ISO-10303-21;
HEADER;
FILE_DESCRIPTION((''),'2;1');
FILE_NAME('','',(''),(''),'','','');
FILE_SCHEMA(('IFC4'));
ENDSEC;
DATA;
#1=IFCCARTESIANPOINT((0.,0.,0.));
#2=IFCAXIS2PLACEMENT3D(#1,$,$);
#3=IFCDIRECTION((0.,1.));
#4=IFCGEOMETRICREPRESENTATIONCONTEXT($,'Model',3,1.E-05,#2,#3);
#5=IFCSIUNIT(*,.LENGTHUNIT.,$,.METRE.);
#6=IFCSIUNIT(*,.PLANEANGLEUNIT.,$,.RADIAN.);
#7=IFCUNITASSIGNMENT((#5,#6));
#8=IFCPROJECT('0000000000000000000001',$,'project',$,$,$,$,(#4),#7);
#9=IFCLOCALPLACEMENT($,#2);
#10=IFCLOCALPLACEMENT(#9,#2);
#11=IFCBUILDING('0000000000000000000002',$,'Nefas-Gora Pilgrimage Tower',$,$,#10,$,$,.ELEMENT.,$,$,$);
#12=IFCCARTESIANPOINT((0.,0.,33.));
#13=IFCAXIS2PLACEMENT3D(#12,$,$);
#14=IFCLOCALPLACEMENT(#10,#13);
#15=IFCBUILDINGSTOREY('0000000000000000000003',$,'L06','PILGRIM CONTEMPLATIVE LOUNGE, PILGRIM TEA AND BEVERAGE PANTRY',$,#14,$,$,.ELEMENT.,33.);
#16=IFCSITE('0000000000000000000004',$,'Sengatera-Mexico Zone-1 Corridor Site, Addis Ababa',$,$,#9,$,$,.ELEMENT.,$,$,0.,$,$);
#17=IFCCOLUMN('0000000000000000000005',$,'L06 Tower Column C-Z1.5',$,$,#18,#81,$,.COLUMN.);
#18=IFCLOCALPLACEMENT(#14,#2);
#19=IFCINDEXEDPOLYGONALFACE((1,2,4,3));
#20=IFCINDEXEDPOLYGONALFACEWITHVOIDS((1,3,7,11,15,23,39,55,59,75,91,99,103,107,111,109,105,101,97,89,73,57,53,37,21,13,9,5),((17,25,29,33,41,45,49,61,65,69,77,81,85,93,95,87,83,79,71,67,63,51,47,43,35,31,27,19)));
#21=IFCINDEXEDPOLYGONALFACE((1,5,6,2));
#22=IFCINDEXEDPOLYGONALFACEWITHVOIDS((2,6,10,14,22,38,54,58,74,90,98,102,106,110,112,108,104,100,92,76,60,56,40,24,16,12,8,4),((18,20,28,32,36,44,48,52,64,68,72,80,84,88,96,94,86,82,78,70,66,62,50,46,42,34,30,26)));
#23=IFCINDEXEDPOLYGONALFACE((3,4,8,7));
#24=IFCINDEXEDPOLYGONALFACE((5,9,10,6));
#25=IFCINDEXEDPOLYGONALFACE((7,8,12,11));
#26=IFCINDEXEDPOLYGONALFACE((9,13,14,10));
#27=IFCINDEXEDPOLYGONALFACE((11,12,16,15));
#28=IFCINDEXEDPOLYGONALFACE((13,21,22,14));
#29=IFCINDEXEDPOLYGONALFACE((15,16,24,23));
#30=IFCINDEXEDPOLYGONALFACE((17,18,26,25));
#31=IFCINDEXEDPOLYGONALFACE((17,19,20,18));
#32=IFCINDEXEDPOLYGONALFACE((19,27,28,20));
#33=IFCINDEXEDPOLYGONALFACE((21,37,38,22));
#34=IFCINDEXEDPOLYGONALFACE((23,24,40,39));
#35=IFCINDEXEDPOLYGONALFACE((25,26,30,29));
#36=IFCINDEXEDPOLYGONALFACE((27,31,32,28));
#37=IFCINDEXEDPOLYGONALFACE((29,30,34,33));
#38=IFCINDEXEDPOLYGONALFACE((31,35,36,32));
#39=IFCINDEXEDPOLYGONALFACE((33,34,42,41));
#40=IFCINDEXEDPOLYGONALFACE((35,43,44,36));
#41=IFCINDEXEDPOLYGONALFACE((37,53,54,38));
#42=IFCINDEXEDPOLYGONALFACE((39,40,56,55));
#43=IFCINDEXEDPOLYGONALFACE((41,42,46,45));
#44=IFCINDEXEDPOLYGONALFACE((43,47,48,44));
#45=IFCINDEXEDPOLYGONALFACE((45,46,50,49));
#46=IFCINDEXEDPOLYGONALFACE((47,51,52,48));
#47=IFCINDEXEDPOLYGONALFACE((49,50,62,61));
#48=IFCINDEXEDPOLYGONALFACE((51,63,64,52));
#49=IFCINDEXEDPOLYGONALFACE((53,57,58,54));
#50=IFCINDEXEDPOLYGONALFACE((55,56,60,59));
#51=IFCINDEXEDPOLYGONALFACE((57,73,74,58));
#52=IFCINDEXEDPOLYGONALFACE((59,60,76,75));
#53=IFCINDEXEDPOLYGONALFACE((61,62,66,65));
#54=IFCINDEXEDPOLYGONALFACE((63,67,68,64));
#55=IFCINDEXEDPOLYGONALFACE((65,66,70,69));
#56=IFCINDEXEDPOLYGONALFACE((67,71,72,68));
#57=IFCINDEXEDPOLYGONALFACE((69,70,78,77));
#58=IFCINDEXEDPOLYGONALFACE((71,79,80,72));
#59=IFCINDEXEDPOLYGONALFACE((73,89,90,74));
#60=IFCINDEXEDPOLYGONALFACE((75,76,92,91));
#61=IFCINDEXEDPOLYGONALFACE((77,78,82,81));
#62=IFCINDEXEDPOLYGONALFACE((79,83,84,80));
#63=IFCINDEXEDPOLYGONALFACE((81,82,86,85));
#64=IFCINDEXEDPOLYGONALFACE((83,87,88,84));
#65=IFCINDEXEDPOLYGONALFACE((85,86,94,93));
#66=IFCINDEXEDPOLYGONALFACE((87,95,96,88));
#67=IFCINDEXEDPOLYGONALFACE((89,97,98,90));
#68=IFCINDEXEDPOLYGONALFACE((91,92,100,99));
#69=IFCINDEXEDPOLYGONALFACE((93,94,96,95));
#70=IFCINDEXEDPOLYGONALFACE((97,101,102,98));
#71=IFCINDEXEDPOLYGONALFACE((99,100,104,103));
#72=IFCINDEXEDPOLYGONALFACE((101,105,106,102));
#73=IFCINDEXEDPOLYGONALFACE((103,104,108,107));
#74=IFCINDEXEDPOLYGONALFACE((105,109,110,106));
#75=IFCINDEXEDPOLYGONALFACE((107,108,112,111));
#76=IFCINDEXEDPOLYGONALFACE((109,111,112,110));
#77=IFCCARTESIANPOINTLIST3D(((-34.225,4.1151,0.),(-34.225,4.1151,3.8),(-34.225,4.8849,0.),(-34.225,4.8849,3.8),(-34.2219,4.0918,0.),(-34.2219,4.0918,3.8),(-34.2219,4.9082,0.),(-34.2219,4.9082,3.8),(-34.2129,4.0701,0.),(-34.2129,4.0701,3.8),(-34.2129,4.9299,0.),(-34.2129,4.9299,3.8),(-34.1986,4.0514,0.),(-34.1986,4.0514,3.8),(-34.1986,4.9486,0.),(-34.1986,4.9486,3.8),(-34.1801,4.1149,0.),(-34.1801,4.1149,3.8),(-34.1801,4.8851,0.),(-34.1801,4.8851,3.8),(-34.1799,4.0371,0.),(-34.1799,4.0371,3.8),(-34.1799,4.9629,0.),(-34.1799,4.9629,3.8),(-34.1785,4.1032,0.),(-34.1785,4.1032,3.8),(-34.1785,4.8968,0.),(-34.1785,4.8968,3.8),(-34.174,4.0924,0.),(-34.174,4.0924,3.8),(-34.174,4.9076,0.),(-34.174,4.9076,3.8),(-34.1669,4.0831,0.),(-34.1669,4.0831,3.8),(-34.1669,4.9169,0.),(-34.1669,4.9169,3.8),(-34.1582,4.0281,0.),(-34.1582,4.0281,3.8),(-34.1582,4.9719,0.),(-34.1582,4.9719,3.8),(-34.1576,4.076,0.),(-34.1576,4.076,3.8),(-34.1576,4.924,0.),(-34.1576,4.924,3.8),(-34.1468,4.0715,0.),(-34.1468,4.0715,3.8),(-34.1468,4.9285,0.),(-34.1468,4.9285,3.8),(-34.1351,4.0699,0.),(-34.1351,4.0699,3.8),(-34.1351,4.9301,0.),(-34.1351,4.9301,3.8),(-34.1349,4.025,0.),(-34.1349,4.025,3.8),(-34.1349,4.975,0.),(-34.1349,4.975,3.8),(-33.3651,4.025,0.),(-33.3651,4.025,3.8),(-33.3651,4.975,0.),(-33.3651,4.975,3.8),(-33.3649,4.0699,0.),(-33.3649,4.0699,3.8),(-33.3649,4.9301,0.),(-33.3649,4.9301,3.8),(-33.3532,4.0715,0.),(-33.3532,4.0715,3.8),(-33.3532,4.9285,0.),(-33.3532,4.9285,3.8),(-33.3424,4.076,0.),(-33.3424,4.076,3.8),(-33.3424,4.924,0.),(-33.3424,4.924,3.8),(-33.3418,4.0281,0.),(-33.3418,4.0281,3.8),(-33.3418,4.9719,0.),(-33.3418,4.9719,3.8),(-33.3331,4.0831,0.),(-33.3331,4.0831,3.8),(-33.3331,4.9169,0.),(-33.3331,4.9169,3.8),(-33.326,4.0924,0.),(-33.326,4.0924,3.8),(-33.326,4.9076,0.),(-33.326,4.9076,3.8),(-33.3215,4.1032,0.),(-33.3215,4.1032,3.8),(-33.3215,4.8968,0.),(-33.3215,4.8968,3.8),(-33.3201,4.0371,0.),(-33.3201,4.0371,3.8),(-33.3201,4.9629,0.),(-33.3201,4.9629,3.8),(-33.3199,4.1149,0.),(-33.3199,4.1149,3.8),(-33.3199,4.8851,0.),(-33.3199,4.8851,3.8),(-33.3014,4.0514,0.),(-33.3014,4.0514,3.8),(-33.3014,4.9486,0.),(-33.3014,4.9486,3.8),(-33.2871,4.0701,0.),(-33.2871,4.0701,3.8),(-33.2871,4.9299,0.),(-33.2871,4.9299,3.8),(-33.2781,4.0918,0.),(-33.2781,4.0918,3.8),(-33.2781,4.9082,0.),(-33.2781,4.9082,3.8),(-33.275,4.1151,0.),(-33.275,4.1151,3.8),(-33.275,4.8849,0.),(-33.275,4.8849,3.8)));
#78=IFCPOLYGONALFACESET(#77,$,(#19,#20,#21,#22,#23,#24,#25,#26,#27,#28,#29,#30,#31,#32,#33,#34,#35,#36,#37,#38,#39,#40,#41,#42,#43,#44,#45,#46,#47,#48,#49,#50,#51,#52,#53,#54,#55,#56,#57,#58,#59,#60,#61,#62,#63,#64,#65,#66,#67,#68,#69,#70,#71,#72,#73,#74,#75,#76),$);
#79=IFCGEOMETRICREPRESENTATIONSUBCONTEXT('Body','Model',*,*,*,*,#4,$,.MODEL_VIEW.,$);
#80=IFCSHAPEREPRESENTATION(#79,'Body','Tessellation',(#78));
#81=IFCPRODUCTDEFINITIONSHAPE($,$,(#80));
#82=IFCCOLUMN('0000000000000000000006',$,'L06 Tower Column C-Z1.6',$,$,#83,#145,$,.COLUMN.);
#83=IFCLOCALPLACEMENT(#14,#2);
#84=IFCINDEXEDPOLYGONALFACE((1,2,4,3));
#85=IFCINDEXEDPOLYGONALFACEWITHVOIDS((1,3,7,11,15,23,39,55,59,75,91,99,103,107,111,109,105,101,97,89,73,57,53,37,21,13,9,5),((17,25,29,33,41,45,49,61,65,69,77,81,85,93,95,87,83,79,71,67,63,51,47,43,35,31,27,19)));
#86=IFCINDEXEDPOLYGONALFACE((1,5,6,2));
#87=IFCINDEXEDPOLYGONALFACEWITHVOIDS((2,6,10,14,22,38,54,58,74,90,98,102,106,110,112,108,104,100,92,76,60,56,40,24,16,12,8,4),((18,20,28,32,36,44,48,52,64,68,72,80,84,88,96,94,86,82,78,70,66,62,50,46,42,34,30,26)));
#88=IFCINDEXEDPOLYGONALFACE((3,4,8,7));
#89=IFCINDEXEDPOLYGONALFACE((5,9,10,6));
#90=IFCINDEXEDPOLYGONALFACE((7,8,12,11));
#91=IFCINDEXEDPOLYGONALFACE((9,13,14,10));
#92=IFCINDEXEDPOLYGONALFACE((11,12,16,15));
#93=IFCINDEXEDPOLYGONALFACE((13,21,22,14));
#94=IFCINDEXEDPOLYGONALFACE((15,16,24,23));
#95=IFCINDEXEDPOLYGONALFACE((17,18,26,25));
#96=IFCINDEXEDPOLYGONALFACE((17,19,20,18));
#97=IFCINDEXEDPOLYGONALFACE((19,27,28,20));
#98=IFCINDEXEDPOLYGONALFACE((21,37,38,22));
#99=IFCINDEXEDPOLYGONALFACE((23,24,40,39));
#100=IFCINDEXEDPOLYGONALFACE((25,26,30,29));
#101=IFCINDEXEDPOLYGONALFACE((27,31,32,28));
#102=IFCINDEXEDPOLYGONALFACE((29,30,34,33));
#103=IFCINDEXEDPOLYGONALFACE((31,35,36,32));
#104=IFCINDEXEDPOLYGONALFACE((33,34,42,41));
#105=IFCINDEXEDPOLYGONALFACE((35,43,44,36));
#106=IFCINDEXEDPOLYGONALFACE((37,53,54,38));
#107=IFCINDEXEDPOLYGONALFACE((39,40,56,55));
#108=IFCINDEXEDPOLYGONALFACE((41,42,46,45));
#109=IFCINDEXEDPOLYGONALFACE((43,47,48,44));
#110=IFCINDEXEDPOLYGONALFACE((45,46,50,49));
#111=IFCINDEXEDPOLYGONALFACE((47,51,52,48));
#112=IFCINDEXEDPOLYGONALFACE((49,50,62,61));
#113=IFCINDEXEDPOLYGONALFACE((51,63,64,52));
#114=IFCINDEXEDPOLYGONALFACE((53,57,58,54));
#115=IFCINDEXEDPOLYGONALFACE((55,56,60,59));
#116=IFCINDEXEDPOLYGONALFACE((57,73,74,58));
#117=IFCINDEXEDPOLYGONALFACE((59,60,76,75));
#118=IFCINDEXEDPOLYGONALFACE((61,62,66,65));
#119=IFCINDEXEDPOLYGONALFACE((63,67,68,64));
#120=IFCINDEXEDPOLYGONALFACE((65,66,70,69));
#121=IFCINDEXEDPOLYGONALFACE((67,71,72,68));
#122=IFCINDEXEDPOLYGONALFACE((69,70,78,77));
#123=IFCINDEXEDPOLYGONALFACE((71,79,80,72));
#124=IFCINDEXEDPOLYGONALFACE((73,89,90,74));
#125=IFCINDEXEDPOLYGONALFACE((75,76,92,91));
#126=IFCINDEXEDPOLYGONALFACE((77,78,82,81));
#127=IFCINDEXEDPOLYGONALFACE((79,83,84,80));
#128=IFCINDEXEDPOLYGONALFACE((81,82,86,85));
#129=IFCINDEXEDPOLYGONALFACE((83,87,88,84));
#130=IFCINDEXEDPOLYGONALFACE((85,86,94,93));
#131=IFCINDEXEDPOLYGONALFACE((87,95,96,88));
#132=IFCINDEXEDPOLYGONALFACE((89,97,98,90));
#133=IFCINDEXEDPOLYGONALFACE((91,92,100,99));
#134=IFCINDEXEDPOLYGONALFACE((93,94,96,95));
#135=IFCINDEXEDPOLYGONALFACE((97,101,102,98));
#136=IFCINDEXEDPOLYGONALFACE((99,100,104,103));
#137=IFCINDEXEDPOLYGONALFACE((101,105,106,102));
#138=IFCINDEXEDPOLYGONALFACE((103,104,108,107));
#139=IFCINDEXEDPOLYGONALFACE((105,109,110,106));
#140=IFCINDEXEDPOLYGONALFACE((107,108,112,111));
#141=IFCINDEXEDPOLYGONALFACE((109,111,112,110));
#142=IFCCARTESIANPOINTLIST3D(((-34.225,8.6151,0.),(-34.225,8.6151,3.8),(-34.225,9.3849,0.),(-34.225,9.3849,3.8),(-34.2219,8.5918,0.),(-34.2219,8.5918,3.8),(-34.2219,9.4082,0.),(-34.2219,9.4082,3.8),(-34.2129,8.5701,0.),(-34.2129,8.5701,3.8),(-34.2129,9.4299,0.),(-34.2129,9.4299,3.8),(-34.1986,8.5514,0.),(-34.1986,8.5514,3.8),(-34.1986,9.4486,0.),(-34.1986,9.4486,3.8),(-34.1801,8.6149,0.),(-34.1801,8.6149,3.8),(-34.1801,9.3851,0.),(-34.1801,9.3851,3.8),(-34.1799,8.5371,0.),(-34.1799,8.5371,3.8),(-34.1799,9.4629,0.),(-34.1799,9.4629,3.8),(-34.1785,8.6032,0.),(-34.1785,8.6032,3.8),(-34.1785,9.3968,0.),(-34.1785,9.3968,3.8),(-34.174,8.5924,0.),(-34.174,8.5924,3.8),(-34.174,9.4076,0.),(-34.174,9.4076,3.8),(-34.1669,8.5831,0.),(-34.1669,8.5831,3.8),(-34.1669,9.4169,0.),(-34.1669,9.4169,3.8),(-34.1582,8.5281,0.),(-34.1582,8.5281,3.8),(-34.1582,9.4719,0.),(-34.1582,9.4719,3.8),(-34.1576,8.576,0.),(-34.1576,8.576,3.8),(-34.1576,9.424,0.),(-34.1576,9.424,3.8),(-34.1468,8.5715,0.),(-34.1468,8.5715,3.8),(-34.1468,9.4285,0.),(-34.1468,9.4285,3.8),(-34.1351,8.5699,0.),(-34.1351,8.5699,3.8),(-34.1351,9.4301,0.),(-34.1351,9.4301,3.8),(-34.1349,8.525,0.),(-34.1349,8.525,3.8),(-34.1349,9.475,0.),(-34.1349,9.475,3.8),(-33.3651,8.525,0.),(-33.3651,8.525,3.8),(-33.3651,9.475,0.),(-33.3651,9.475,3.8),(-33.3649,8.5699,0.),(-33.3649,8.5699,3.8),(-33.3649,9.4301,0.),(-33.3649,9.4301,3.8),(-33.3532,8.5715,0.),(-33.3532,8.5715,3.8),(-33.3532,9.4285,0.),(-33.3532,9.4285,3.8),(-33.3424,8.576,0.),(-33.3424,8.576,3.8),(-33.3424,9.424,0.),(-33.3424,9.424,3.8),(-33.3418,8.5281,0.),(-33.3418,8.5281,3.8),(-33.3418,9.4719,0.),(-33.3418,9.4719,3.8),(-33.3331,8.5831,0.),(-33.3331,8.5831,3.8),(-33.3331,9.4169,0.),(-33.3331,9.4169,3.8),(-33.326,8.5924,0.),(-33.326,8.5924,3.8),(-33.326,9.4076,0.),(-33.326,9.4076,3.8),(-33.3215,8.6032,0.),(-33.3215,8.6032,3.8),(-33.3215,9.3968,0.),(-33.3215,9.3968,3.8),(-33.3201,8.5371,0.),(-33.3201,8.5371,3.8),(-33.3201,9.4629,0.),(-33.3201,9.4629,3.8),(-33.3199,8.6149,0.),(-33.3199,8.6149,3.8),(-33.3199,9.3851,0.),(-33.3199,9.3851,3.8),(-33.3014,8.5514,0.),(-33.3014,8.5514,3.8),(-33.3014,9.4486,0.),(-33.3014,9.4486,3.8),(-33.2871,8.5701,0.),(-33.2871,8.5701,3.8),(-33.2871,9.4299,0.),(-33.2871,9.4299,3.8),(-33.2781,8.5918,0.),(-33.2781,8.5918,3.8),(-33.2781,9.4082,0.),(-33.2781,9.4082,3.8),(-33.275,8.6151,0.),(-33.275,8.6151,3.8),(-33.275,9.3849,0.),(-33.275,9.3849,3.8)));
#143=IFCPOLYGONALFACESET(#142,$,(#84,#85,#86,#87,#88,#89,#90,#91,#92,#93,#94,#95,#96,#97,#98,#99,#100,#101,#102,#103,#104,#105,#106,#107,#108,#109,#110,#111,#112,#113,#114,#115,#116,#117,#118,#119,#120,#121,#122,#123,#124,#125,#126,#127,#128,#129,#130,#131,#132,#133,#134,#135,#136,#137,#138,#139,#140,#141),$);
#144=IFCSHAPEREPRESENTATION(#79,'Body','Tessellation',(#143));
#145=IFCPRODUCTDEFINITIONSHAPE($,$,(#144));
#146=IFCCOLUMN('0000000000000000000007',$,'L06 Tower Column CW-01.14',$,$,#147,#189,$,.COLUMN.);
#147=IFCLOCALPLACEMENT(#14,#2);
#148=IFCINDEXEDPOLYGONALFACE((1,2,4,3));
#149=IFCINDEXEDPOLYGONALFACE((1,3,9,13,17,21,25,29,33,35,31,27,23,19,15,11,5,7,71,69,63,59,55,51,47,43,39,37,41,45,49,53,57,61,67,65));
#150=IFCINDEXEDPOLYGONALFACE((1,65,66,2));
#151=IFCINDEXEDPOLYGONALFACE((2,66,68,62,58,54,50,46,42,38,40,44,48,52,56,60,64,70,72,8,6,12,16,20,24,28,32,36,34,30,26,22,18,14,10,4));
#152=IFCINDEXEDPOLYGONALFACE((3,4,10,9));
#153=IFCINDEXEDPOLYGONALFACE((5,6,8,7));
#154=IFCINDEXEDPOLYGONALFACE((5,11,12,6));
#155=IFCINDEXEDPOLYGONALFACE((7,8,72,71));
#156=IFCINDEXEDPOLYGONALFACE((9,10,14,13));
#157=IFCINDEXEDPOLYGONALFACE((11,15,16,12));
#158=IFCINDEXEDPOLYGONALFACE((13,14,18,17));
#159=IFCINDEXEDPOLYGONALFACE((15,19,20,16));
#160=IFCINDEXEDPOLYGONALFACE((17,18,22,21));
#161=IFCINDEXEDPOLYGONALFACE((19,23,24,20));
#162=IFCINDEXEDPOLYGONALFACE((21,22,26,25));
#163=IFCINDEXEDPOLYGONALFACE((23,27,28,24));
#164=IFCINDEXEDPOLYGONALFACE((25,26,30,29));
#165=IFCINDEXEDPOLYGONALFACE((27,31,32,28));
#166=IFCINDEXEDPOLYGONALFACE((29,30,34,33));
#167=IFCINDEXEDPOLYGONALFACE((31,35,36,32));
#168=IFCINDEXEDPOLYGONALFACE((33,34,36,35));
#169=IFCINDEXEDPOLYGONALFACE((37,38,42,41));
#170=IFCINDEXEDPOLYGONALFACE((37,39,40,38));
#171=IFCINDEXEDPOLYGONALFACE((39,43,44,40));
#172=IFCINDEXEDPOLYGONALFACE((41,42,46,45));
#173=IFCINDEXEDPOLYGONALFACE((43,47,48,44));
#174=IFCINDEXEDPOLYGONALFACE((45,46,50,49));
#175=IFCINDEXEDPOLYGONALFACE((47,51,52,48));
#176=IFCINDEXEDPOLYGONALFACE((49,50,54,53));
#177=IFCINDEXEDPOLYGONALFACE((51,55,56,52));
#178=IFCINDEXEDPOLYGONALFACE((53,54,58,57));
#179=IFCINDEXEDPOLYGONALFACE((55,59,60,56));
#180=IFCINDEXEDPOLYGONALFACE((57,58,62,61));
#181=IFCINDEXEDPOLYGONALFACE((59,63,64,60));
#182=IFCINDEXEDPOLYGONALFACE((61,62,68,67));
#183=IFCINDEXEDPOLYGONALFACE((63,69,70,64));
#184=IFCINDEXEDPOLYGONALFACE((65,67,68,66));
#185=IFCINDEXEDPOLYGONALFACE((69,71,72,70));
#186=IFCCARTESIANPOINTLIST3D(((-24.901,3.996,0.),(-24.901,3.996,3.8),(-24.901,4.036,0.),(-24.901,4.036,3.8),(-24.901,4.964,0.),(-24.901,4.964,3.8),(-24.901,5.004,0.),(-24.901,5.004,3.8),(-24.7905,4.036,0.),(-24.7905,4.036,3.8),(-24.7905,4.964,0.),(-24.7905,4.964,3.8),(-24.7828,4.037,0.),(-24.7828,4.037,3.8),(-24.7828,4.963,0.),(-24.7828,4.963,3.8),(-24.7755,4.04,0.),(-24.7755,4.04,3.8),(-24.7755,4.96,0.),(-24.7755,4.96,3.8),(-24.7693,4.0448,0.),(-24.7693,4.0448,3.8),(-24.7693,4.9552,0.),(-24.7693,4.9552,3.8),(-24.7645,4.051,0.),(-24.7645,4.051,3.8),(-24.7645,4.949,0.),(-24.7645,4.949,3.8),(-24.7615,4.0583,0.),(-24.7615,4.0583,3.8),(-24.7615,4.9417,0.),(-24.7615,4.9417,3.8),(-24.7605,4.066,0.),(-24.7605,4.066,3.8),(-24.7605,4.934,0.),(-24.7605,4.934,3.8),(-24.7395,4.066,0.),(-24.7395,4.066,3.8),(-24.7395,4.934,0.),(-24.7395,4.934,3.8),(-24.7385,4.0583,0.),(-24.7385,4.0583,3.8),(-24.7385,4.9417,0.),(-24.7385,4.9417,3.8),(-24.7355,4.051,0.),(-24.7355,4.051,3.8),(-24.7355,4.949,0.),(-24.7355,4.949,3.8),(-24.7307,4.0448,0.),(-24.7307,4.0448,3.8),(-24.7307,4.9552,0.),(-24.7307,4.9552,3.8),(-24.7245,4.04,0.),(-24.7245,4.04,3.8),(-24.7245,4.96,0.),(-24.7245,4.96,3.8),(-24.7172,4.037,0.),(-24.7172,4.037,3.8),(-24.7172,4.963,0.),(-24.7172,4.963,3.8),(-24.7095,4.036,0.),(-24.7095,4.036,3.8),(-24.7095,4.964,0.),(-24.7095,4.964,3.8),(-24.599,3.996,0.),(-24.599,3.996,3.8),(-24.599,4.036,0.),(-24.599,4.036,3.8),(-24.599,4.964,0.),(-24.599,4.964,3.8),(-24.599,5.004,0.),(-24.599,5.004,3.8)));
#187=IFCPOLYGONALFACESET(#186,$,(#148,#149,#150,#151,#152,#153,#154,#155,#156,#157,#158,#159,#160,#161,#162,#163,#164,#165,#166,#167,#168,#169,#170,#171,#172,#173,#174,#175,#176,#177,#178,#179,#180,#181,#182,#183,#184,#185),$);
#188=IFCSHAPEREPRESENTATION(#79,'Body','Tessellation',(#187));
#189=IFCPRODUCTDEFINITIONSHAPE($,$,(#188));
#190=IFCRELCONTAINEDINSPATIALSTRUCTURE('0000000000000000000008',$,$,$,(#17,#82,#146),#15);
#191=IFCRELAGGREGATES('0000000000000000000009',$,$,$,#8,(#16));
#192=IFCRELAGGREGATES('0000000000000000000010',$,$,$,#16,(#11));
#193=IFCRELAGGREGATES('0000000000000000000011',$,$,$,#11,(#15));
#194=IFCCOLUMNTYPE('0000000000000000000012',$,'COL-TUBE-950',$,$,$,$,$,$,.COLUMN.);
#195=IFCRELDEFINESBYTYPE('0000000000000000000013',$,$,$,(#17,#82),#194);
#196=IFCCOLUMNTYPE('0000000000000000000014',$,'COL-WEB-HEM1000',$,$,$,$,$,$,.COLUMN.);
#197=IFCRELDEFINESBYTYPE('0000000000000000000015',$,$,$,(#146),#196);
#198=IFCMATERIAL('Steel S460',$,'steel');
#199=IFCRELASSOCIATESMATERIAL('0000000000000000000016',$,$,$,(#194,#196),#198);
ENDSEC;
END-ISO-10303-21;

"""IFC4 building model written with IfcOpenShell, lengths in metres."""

from ifc_helpers import new_model, si_unit, direction, frame, origin, origin_2d, place, context, subcontext, project, spatial, hollow_rectangle, i_section, extrude, source, transform, mapped, material, material_profile, profile_set, type_object, element, save


model = new_model("IFC4")

# Units and contexts
model_context = context("Model", 3, precision=1e-05, world=origin(), true_north=direction((0.0, 1.0)))
body_context = subcontext(model_context, "Body", "Model", "MODEL_VIEW")
ifc_project = project(units=[si_unit("LENGTHUNIT", "METRE"), si_unit("PLANEANGLEUNIT", "RADIAN")], contexts=[model_context])

# Site, building, storey
site_placement = place(None, origin())
site = spatial("IfcSite", under=ifc_project, at=site_placement, Name="Sengatera-Mexico Zone-1 Corridor Site, Addis Ababa", CompositionType="ELEMENT", RefElevation=0.0)
building_placement = place(site_placement, origin())
building = spatial("IfcBuilding", under=site, at=building_placement, Name="Nefas-Gora Pilgrimage Tower", CompositionType="ELEMENT")
storey_placement = place(building_placement, frame((0.0, 0.0, 33.0)))
storey = spatial("IfcBuildingStorey", under=building, at=storey_placement, Name="L06", Description="PILGRIM CONTEMPLATIVE LOUNGE, PILGRIM TEA AND BEVERAGE PANTRY", CompositionType="ELEMENT", Elevation=33.0)

# Columns
ifc_material_1 = material(Name="Steel S460", Category="steel")
ifc_material_profile_1 = material_profile(ifc_material_1, hollow_rectangle(XDim=0.95, YDim=0.95, WallThickness=0.0449, InnerFilletRadius=0.0449, OuterFilletRadius=0.0901, at=origin_2d()), Name="BOX 950x950x45")
ifc_profile_set_1 = profile_set([ifc_material_profile_1], Name="Steel S460")
column_type_1 = type_object("IfcColumnType", Name="COL-TUBE-950", PredefinedType="COLUMN", material=ifc_profile_set_1)
shared_shape_1 = source(origin(), body_context, "Body", "SweptSolid", [
    extrude(hollow_rectangle(XDim=0.95, YDim=0.95, WallThickness=0.0449, InnerFilletRadius=0.0449, OuterFilletRadius=0.0901, at=origin_2d()), origin(), (0.0, 0.0, 1.0), 3.8),
])
for number, where, z_axis, x_axis, name in (
    (1, (-33.75, 4.5, 0.0), (0.0, 0.0, 1.0), (1.0, 0.0, 0.0), "L06 Tower Column C-Z1.5"),
    (2, (-33.75, 9.0, 0.0), (0.0, 0.0, 1.0), (1.0, 0.0, 0.0), "L06 Tower Column C-Z1.6"),
):
    element("IfcColumn", number, at=place(storey_placement, frame(where, z_axis=z_axis, x_axis=x_axis)), inside=storey, type_object=column_type_1, Name=name, PredefinedType="COLUMN", context=body_context, shape_type="MappedRepresentation", body=[
        mapped(shared_shape_1, transform((0.0, 0.0, 0.0), x_axis=(1.0, 0.0, 0.0), y_axis=(0.0, 1.0, 0.0), z_axis=(0.0, 0.0, 1.0), scale=1.0)),
    ])
ifc_material_profile_2 = material_profile(ifc_material_1, i_section(OverallWidth=0.302, OverallDepth=1.0081, WebThickness=0.021, FlangeThickness=0.04, FilletRadius=0.03, at=origin_2d()), Name="HEM 1000")
ifc_profile_set_2 = profile_set([ifc_material_profile_2], Name="Steel S460")
column_type_2 = type_object("IfcColumnType", Name="COL-WEB-HEM1000", PredefinedType="COLUMN", material=ifc_profile_set_2)
shared_shape_2 = source(origin(), body_context, "Body", "SweptSolid", [
    extrude(i_section(OverallWidth=0.302, OverallDepth=1.0081, WebThickness=0.021, FlangeThickness=0.04, FilletRadius=0.03, at=origin_2d()), origin(), (0.0, 0.0, 1.0), 3.8),
])
for number, where, z_axis, x_axis, name in (
    (3, (-24.75, 4.5, 0.0), (0.0, 0.0, 1.0), (1.0, 0.0, 0.0), "L06 Tower Column CW-01.14"),
):
    element("IfcColumn", number, at=place(storey_placement, frame(where, z_axis=z_axis, x_axis=x_axis)), inside=storey, type_object=column_type_2, Name=name, PredefinedType="COLUMN", context=body_context, shape_type="MappedRepresentation", body=[
        mapped(shared_shape_2, transform((0.0, 0.0, 0.0), x_axis=(1.0, 0.0, 0.0), y_axis=(0.0, 1.0, 0.0), z_axis=(0.0, 0.0, 1.0), scale=1.0)),
    ])

save(model, "model.ifc")
